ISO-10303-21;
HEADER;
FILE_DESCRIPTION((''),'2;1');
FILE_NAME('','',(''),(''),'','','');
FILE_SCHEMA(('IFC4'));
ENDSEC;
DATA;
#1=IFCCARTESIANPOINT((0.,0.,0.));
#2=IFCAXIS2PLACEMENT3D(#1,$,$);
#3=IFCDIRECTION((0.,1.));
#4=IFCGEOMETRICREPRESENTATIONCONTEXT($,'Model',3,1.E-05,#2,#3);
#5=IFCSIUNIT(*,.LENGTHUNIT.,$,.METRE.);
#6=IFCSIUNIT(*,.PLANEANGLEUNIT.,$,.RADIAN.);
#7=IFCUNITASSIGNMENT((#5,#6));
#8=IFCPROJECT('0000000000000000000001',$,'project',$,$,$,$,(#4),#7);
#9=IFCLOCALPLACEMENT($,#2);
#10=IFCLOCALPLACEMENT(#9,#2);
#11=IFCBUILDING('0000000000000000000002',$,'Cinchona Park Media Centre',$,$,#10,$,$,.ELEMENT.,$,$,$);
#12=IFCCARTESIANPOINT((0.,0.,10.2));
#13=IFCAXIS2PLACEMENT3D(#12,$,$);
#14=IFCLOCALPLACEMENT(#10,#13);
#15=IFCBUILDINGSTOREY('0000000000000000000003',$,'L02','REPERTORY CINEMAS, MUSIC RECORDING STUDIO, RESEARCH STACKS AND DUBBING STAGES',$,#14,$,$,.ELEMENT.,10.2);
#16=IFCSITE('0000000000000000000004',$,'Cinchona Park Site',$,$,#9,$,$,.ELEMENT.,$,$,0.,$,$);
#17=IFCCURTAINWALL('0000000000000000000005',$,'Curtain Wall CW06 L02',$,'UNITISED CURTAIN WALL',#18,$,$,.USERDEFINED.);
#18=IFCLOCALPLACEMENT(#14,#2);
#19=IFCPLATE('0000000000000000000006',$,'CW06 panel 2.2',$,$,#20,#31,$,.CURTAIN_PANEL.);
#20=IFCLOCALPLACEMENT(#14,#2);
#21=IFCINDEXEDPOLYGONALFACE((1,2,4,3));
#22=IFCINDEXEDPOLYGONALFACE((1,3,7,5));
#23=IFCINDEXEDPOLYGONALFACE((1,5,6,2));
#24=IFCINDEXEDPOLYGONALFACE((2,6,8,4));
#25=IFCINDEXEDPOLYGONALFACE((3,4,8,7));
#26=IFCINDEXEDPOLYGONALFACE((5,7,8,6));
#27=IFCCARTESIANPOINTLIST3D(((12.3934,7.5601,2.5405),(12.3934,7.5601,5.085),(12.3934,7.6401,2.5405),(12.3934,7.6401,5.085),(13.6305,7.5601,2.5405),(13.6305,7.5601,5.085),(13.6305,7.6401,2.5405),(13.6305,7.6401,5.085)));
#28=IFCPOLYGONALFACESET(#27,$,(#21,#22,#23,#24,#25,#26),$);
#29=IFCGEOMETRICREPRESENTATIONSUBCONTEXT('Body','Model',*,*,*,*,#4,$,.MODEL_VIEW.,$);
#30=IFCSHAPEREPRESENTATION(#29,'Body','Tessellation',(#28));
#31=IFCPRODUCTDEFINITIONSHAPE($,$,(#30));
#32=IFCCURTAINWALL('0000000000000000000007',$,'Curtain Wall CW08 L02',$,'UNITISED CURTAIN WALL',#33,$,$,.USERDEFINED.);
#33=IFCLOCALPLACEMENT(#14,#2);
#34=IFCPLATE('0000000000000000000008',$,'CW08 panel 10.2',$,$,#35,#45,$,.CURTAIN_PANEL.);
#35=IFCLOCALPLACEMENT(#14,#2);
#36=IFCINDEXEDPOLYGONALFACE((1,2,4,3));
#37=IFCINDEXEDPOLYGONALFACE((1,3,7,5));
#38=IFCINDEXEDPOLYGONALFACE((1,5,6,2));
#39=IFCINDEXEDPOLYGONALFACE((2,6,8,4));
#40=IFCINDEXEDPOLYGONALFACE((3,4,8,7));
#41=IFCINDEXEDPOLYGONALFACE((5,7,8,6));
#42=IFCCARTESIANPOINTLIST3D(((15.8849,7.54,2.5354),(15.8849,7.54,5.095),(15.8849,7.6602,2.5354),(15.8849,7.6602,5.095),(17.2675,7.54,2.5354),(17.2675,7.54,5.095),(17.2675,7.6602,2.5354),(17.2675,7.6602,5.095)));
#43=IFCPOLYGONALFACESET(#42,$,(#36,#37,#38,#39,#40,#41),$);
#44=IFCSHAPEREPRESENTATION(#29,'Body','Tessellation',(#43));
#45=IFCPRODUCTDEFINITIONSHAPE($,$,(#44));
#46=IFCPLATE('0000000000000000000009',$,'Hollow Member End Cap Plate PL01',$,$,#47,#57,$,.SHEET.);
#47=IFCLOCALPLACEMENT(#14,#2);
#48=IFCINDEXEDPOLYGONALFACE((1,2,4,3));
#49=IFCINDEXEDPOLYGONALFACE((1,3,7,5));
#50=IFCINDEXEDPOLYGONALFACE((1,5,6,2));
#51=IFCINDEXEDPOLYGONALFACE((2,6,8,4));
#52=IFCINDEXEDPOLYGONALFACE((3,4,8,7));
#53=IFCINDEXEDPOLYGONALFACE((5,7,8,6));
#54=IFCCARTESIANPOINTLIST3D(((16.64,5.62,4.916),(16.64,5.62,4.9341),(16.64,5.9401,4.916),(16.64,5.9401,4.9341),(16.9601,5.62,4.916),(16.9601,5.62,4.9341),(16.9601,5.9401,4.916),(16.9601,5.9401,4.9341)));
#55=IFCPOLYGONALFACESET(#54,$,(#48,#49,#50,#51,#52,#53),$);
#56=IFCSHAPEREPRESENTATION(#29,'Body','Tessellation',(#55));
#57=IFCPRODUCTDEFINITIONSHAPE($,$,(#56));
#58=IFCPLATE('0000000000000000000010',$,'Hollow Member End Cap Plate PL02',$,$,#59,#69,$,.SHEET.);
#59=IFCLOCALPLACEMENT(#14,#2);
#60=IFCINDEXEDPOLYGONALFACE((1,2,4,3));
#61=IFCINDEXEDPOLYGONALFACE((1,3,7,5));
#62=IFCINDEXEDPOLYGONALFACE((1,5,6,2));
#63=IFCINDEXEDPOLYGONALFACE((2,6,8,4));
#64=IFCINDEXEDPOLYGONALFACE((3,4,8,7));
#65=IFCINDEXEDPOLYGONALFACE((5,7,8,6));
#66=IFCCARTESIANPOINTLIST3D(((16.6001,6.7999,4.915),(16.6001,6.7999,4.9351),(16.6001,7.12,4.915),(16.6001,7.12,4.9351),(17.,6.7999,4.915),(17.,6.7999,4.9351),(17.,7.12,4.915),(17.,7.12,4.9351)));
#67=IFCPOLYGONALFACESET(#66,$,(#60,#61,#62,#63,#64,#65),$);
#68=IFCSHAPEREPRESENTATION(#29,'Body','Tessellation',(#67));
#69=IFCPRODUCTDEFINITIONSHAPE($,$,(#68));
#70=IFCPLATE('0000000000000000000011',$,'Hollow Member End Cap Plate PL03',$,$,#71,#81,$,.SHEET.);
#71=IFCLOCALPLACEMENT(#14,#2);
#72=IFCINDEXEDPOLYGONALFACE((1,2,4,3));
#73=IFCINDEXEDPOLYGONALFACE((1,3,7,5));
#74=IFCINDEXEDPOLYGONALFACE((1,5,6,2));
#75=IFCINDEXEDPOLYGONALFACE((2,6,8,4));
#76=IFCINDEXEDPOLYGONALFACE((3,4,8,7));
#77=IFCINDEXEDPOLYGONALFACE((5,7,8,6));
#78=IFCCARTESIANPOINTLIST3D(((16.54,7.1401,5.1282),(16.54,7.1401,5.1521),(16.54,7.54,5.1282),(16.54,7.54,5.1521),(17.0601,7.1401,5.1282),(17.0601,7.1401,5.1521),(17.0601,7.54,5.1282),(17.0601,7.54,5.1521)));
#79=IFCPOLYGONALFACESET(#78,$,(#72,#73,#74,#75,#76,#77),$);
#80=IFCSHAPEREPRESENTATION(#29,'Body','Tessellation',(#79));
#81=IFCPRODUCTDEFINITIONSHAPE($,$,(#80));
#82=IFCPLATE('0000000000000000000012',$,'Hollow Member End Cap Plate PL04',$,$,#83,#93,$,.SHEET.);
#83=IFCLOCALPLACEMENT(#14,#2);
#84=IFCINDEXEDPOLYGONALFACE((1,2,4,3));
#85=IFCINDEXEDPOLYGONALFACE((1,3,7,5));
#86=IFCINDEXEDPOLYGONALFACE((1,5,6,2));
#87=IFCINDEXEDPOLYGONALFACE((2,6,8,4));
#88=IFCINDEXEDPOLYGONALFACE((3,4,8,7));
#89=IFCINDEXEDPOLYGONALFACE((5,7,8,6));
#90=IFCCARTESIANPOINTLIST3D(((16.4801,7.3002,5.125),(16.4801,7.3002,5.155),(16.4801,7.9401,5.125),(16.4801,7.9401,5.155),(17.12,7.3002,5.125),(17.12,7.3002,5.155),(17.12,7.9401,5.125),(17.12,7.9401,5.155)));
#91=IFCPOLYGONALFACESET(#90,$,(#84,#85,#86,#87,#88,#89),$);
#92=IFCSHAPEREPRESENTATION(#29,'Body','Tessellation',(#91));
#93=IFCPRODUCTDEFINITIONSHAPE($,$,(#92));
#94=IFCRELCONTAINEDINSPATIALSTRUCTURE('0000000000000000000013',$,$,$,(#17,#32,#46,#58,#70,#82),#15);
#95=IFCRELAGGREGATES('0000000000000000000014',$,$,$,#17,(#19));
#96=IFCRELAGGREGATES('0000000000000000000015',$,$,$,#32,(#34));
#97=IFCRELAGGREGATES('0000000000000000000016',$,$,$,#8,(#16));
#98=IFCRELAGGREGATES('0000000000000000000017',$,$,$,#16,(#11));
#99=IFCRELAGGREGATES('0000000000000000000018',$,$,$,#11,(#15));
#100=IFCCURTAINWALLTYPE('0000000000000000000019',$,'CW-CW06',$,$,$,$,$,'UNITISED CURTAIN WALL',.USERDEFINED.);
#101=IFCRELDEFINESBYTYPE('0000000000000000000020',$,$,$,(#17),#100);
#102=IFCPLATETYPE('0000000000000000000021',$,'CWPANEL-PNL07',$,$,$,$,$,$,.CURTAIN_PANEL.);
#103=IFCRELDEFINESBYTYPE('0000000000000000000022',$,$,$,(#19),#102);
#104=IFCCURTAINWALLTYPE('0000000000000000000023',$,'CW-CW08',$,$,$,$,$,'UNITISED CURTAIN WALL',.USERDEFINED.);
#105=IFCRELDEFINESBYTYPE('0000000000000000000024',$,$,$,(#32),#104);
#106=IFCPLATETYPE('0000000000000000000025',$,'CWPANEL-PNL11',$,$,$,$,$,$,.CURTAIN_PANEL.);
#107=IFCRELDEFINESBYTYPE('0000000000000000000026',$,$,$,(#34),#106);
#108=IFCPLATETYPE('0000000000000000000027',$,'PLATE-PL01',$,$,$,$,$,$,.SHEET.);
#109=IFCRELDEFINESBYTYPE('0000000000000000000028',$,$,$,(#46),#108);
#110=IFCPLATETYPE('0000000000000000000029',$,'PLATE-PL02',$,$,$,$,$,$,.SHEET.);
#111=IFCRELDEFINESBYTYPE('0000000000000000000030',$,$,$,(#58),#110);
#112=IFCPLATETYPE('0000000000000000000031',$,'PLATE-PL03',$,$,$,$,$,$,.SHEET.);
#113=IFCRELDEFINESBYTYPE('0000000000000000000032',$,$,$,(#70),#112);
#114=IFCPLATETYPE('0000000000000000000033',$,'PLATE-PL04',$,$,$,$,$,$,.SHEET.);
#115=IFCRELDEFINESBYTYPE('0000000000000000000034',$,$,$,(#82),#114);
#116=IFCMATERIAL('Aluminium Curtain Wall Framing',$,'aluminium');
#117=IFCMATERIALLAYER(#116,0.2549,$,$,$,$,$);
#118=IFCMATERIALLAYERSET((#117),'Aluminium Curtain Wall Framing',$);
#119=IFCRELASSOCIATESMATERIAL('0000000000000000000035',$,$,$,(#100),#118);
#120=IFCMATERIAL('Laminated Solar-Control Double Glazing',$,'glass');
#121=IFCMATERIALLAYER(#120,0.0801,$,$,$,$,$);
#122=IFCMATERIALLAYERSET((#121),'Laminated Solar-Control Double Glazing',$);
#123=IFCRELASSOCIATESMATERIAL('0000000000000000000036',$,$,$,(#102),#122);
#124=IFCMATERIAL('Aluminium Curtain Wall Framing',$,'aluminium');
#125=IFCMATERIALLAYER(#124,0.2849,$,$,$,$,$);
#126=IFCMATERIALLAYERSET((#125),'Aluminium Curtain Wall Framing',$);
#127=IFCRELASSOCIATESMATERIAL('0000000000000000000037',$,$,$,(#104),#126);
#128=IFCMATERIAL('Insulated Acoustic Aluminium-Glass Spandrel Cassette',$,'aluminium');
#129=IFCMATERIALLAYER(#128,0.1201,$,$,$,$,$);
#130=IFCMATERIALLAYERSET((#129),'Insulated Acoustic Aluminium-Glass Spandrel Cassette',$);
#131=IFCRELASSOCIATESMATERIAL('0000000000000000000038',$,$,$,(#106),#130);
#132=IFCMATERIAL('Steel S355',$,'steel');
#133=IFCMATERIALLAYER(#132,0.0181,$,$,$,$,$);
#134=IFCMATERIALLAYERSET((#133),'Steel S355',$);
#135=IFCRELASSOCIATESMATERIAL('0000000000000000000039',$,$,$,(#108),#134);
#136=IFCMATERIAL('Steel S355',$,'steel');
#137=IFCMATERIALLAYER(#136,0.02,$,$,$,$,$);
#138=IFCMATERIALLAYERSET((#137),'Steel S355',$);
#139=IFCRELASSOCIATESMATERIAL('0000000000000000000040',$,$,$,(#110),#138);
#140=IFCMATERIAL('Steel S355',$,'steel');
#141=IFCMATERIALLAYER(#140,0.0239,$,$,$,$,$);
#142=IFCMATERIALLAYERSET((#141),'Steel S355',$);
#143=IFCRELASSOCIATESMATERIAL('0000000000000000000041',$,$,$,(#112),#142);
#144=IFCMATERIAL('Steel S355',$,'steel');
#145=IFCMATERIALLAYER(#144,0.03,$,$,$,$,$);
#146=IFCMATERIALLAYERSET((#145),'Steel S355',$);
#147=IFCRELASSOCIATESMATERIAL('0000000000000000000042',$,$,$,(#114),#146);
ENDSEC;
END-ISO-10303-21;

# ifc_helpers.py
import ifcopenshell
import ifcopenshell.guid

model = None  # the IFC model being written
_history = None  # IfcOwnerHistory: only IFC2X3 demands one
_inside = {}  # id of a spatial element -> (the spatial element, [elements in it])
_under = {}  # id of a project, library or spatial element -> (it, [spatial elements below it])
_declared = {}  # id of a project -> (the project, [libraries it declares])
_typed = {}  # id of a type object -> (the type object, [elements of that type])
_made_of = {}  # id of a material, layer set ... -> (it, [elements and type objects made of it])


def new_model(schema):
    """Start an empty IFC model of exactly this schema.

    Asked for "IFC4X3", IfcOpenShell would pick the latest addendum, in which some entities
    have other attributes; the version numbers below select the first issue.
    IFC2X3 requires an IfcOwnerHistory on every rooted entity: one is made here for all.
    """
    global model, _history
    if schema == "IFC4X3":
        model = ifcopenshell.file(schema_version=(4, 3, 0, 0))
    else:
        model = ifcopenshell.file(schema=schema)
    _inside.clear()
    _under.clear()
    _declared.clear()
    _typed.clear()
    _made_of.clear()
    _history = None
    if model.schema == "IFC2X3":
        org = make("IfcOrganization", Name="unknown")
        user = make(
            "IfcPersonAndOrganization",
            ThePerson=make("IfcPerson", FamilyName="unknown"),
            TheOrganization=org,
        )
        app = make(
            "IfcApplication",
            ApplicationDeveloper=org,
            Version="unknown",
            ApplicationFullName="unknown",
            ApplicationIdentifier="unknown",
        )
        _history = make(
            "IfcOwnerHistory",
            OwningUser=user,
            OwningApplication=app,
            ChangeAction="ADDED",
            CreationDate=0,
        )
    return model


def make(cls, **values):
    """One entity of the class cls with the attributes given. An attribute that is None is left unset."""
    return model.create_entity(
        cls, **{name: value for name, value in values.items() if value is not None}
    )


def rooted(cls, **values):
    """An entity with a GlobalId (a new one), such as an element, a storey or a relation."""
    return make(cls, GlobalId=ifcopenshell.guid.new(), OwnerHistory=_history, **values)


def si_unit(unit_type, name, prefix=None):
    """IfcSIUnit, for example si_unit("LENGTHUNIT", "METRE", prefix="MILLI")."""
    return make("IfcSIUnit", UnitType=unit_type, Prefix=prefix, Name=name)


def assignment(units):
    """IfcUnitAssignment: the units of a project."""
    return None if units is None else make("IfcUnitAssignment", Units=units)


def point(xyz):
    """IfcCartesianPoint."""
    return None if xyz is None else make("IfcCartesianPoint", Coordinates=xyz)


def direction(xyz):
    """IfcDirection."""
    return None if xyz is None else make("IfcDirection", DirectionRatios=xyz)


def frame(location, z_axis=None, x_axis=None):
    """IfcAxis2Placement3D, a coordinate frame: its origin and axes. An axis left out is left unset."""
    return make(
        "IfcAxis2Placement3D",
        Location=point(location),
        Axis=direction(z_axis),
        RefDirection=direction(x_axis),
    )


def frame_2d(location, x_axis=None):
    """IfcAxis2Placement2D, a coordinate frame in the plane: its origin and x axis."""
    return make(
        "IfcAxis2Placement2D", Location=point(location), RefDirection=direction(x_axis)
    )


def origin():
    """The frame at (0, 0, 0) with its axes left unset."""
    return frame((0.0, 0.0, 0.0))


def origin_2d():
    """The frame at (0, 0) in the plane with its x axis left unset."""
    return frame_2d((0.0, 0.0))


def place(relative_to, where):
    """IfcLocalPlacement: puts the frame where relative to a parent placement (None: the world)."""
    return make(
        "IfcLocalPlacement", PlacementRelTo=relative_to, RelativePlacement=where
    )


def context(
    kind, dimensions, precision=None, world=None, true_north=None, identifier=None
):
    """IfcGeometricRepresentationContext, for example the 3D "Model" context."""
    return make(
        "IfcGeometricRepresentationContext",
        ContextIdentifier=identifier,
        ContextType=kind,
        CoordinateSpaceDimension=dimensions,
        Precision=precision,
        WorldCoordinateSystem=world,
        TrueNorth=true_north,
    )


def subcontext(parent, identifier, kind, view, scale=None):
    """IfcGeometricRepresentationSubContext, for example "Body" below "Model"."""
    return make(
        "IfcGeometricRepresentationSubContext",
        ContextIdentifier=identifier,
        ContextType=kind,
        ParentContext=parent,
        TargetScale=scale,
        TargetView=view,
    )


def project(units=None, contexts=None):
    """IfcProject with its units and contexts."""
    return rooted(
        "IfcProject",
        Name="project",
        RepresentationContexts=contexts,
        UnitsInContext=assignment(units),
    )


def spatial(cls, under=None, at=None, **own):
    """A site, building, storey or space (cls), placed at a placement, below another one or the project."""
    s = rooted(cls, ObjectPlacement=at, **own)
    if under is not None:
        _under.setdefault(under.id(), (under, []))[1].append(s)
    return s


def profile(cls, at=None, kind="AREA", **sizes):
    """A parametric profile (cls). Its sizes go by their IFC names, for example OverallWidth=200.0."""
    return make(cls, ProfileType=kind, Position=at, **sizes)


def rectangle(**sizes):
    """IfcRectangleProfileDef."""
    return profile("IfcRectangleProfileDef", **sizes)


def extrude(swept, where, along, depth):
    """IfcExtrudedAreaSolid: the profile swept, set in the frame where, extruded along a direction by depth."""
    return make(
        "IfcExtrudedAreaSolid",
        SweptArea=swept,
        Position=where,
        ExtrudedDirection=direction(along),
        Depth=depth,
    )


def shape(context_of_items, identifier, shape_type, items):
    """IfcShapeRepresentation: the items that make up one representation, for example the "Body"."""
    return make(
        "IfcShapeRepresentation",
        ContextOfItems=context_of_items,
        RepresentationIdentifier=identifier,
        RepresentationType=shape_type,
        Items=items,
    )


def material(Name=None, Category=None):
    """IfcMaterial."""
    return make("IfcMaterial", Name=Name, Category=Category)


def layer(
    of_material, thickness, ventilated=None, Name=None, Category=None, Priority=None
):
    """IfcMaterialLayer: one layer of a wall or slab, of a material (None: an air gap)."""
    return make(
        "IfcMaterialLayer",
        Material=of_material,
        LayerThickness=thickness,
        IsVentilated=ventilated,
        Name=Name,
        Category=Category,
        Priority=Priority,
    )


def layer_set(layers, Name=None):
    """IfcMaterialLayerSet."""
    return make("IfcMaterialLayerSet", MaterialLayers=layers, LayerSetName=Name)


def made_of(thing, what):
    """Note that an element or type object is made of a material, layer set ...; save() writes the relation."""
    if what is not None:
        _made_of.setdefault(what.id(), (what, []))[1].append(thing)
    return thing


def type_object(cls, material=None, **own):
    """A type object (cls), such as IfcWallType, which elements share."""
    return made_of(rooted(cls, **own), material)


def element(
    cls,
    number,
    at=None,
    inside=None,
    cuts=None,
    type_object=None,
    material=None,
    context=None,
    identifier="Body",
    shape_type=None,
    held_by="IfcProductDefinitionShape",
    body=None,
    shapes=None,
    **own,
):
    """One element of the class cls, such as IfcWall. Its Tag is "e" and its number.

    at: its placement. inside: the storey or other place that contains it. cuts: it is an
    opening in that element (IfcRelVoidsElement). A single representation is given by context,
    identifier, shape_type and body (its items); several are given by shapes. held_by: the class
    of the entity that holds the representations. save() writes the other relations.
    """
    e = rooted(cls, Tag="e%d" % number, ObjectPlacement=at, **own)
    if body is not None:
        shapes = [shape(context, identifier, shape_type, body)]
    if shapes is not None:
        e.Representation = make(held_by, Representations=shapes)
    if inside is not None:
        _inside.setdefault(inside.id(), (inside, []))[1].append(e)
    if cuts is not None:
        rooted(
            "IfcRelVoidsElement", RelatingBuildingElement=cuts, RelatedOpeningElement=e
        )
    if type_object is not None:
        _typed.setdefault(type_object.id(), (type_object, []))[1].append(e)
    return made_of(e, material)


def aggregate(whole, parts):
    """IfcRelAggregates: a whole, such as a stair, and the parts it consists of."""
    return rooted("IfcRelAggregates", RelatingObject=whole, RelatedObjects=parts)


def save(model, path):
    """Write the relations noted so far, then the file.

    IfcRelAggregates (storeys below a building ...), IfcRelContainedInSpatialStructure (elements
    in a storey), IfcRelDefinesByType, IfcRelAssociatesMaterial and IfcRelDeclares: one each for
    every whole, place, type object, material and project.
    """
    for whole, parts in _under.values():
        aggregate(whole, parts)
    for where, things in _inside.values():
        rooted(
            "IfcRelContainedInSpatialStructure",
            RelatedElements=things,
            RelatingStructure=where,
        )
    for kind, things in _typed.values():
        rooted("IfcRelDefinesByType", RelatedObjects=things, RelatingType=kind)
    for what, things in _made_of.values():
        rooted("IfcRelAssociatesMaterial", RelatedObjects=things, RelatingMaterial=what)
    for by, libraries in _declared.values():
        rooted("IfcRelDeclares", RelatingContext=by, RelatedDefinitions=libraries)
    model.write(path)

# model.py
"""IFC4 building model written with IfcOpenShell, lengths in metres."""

from ifc_helpers import new_model, si_unit, direction, frame, origin, origin_2d, place, context, subcontext, project, spatial, rectangle, extrude, material, layer, layer_set, type_object, element, aggregate, save


model = new_model("IFC4")

# Units and contexts
model_context = context("Model", 3, precision=1e-05, world=origin(), true_north=direction((0.0, 1.0)))
body_context = subcontext(model_context, "Body", "Model", "MODEL_VIEW")
ifc_project = project(units=[si_unit("LENGTHUNIT", "METRE"), si_unit("PLANEANGLEUNIT", "RADIAN")], contexts=[model_context])

# Site, building, storey
site_placement = place(None, origin())
site = spatial("IfcSite", under=ifc_project, at=site_placement, Name="Cinchona Park Site", CompositionType="ELEMENT", RefElevation=0.0)
building_placement = place(site_placement, origin())
building = spatial("IfcBuilding", under=site, at=building_placement, Name="Cinchona Park Media Centre", CompositionType="ELEMENT")
storey_placement = place(building_placement, frame((0.0, 0.0, 10.2)))
storey = spatial("IfcBuildingStorey", under=building, at=storey_placement, Name="L02", Description="REPERTORY CINEMAS, MUSIC RECORDING STUDIO, RESEARCH STACKS AND DUBBING STAGES", CompositionType="ELEMENT", Elevation=10.2)

# Curtain wall, plate
ifc_material_1 = material(Name="Aluminium Curtain Wall Framing", Category="aluminium")
ifc_layer_1 = layer(ifc_material_1, 0.2549)
ifc_layer_set_1 = layer_set([ifc_layer_1], Name="Aluminium Curtain Wall Framing")
curtain_wall_type_1 = type_object("IfcCurtainWallType", Name="CW-CW06", ElementType="UNITISED CURTAIN WALL", PredefinedType="USERDEFINED", material=ifc_layer_set_1)
curtain_wall_1_placement = place(storey_placement, origin())
curtain_wall_1 = element("IfcCurtainWall", 1, at=curtain_wall_1_placement, inside=storey, type_object=curtain_wall_type_1, Name="Curtain Wall CW06 L02", ObjectType="UNITISED CURTAIN WALL", PredefinedType="USERDEFINED")
ifc_material_2 = material(Name="Laminated Solar-Control Double Glazing", Category="glass")
ifc_layer_2 = layer(ifc_material_2, 0.0801)
ifc_layer_set_2 = layer_set([ifc_layer_2], Name="Laminated Solar-Control Double Glazing")
plate_type_1 = type_object("IfcPlateType", Name="CWPANEL-PNL07", PredefinedType="CURTAIN_PANEL", material=ifc_layer_set_2)
plate_1_placement = place(storey_placement, frame((13.012, 7.6001, 2.5405), z_axis=(0.0, 0.0, 1.0), x_axis=(-1.0, 0.0, 0.0)))
plate_1 = element("IfcPlate", 2, at=plate_1_placement, type_object=plate_type_1, Name="CW06 panel 2.2", PredefinedType="CURTAIN_PANEL", context=body_context, shape_type="SweptSolid", body=[
    extrude(rectangle(XDim=1.2371, YDim=0.0801, at=origin_2d()), origin(), (0.0, 0.0, 1.0), 2.5444),
])
aggregate(curtain_wall_1, [plate_1])

# Curtain wall, plate
ifc_material_3 = material(Name="Aluminium Curtain Wall Framing", Category="aluminium")
ifc_layer_3 = layer(ifc_material_3, 0.2849)
ifc_layer_set_3 = layer_set([ifc_layer_3], Name="Aluminium Curtain Wall Framing")
curtain_wall_type_2 = type_object("IfcCurtainWallType", Name="CW-CW08", ElementType="UNITISED CURTAIN WALL", PredefinedType="USERDEFINED", material=ifc_layer_set_3)
curtain_wall_2_placement = place(storey_placement, origin())
curtain_wall_2 = element("IfcCurtainWall", 3, at=curtain_wall_2_placement, inside=storey, type_object=curtain_wall_type_2, Name="Curtain Wall CW08 L02", ObjectType="UNITISED CURTAIN WALL", PredefinedType="USERDEFINED")
ifc_material_4 = material(Name="Insulated Acoustic Aluminium-Glass Spandrel Cassette", Category="aluminium")
ifc_layer_4 = layer(ifc_material_4, 0.1201)
ifc_layer_set_4 = layer_set([ifc_layer_4], Name="Insulated Acoustic Aluminium-Glass Spandrel Cassette")
plate_type_2 = type_object("IfcPlateType", Name="CWPANEL-PNL11", PredefinedType="CURTAIN_PANEL", material=ifc_layer_set_4)
plate_2_placement = place(storey_placement, frame((16.5762, 7.6001, 2.5354), z_axis=(0.0, 0.0, 1.0), x_axis=(-1.0, 0.0, 0.0)))
plate_2 = element("IfcPlate", 4, at=plate_2_placement, type_object=plate_type_2, Name="CW08 panel 10.2", PredefinedType="CURTAIN_PANEL", context=body_context, shape_type="SweptSolid", body=[
    extrude(rectangle(XDim=1.3826, YDim=0.1201, at=origin_2d()), origin(), (0.0, 0.0, 1.0), 2.5596),
])
aggregate(curtain_wall_2, [plate_2])

# Plates
ifc_material_5 = material(Name="Steel S355", Category="steel")
ifc_layer_5 = layer(ifc_material_5, 0.0181)
ifc_layer_set_5 = layer_set([ifc_layer_5], Name="Steel S355")
plate_type_3 = type_object("IfcPlateType", Name="PLATE-PL01", PredefinedType="SHEET", material=ifc_layer_set_5)
plate_3_placement = place(storey_placement, frame((16.8, 5.78, 4.916), z_axis=(0.0, 0.0, 1.0), x_axis=(1.0, 0.0, 0.0)))
element("IfcPlate", 5, at=plate_3_placement, inside=storey, type_object=plate_type_3, Name="Hollow Member End Cap Plate PL01", PredefinedType="SHEET", context=body_context, shape_type="SweptSolid", body=[
    extrude(rectangle(XDim=0.3201, YDim=0.3201, at=origin_2d()), origin(), (0.0, 0.0, 1.0), 0.0181),
])
ifc_material_6 = material(Name="Steel S355", Category="steel")
ifc_layer_6 = layer(ifc_material_6, 0.02)
ifc_layer_set_6 = layer_set([ifc_layer_6], Name="Steel S355")
plate_type_4 = type_object("IfcPlateType", Name="PLATE-PL02", PredefinedType="SHEET", material=ifc_layer_set_6)
plate_4_placement = place(storey_placement, frame((16.8, 6.96, 4.915), z_axis=(0.0, 0.0, 1.0), x_axis=(1.0, 0.0, 0.0)))
element("IfcPlate", 6, at=plate_4_placement, inside=storey, type_object=plate_type_4, Name="Hollow Member End Cap Plate PL02", PredefinedType="SHEET", context=body_context, shape_type="SweptSolid", body=[
    extrude(rectangle(XDim=0.3999, YDim=0.3201, at=origin_2d()), origin(), (0.0, 0.0, 1.0), 0.02),
])
ifc_material_7 = material(Name="Steel S355", Category="steel")
ifc_layer_7 = layer(ifc_material_7, 0.0239)
ifc_layer_set_7 = layer_set([ifc_layer_7], Name="Steel S355")
plate_type_5 = type_object("IfcPlateType", Name="PLATE-PL03", PredefinedType="SHEET", material=ifc_layer_set_7)
plate_5_placement = place(storey_placement, frame((16.8, 7.3401, 5.1282), z_axis=(0.0, 0.0, 1.0), x_axis=(1.0, 0.0, 0.0)))
element("IfcPlate", 7, at=plate_5_placement, inside=storey, type_object=plate_type_5, Name="Hollow Member End Cap Plate PL03", PredefinedType="SHEET", context=body_context, shape_type="SweptSolid", body=[
    extrude(rectangle(XDim=0.52, YDim=0.3999, at=origin_2d()), origin(), (0.0, 0.0, 1.0), 0.0239),
])
ifc_material_8 = material(Name="Steel S355", Category="steel")
ifc_layer_8 = layer(ifc_material_8, 0.03)
ifc_layer_set_8 = layer_set([ifc_layer_8], Name="Steel S355")
plate_type_6 = type_object("IfcPlateType", Name="PLATE-PL04", PredefinedType="SHEET", material=ifc_layer_set_8)
plate_6_placement = place(storey_placement, frame((16.8, 7.6201, 5.125), z_axis=(0.0, 0.0, 1.0), x_axis=(1.0, 0.0, 0.0)))
element("IfcPlate", 8, at=plate_6_placement, inside=storey, type_object=plate_type_6, Name="Hollow Member End Cap Plate PL04", PredefinedType="SHEET", context=body_context, shape_type="SweptSolid", body=[
    extrude(rectangle(XDim=0.6399, YDim=0.6399, at=origin_2d()), origin(), (0.0, 0.0, 1.0), 0.03),
])

save(model, "model.ifc")
